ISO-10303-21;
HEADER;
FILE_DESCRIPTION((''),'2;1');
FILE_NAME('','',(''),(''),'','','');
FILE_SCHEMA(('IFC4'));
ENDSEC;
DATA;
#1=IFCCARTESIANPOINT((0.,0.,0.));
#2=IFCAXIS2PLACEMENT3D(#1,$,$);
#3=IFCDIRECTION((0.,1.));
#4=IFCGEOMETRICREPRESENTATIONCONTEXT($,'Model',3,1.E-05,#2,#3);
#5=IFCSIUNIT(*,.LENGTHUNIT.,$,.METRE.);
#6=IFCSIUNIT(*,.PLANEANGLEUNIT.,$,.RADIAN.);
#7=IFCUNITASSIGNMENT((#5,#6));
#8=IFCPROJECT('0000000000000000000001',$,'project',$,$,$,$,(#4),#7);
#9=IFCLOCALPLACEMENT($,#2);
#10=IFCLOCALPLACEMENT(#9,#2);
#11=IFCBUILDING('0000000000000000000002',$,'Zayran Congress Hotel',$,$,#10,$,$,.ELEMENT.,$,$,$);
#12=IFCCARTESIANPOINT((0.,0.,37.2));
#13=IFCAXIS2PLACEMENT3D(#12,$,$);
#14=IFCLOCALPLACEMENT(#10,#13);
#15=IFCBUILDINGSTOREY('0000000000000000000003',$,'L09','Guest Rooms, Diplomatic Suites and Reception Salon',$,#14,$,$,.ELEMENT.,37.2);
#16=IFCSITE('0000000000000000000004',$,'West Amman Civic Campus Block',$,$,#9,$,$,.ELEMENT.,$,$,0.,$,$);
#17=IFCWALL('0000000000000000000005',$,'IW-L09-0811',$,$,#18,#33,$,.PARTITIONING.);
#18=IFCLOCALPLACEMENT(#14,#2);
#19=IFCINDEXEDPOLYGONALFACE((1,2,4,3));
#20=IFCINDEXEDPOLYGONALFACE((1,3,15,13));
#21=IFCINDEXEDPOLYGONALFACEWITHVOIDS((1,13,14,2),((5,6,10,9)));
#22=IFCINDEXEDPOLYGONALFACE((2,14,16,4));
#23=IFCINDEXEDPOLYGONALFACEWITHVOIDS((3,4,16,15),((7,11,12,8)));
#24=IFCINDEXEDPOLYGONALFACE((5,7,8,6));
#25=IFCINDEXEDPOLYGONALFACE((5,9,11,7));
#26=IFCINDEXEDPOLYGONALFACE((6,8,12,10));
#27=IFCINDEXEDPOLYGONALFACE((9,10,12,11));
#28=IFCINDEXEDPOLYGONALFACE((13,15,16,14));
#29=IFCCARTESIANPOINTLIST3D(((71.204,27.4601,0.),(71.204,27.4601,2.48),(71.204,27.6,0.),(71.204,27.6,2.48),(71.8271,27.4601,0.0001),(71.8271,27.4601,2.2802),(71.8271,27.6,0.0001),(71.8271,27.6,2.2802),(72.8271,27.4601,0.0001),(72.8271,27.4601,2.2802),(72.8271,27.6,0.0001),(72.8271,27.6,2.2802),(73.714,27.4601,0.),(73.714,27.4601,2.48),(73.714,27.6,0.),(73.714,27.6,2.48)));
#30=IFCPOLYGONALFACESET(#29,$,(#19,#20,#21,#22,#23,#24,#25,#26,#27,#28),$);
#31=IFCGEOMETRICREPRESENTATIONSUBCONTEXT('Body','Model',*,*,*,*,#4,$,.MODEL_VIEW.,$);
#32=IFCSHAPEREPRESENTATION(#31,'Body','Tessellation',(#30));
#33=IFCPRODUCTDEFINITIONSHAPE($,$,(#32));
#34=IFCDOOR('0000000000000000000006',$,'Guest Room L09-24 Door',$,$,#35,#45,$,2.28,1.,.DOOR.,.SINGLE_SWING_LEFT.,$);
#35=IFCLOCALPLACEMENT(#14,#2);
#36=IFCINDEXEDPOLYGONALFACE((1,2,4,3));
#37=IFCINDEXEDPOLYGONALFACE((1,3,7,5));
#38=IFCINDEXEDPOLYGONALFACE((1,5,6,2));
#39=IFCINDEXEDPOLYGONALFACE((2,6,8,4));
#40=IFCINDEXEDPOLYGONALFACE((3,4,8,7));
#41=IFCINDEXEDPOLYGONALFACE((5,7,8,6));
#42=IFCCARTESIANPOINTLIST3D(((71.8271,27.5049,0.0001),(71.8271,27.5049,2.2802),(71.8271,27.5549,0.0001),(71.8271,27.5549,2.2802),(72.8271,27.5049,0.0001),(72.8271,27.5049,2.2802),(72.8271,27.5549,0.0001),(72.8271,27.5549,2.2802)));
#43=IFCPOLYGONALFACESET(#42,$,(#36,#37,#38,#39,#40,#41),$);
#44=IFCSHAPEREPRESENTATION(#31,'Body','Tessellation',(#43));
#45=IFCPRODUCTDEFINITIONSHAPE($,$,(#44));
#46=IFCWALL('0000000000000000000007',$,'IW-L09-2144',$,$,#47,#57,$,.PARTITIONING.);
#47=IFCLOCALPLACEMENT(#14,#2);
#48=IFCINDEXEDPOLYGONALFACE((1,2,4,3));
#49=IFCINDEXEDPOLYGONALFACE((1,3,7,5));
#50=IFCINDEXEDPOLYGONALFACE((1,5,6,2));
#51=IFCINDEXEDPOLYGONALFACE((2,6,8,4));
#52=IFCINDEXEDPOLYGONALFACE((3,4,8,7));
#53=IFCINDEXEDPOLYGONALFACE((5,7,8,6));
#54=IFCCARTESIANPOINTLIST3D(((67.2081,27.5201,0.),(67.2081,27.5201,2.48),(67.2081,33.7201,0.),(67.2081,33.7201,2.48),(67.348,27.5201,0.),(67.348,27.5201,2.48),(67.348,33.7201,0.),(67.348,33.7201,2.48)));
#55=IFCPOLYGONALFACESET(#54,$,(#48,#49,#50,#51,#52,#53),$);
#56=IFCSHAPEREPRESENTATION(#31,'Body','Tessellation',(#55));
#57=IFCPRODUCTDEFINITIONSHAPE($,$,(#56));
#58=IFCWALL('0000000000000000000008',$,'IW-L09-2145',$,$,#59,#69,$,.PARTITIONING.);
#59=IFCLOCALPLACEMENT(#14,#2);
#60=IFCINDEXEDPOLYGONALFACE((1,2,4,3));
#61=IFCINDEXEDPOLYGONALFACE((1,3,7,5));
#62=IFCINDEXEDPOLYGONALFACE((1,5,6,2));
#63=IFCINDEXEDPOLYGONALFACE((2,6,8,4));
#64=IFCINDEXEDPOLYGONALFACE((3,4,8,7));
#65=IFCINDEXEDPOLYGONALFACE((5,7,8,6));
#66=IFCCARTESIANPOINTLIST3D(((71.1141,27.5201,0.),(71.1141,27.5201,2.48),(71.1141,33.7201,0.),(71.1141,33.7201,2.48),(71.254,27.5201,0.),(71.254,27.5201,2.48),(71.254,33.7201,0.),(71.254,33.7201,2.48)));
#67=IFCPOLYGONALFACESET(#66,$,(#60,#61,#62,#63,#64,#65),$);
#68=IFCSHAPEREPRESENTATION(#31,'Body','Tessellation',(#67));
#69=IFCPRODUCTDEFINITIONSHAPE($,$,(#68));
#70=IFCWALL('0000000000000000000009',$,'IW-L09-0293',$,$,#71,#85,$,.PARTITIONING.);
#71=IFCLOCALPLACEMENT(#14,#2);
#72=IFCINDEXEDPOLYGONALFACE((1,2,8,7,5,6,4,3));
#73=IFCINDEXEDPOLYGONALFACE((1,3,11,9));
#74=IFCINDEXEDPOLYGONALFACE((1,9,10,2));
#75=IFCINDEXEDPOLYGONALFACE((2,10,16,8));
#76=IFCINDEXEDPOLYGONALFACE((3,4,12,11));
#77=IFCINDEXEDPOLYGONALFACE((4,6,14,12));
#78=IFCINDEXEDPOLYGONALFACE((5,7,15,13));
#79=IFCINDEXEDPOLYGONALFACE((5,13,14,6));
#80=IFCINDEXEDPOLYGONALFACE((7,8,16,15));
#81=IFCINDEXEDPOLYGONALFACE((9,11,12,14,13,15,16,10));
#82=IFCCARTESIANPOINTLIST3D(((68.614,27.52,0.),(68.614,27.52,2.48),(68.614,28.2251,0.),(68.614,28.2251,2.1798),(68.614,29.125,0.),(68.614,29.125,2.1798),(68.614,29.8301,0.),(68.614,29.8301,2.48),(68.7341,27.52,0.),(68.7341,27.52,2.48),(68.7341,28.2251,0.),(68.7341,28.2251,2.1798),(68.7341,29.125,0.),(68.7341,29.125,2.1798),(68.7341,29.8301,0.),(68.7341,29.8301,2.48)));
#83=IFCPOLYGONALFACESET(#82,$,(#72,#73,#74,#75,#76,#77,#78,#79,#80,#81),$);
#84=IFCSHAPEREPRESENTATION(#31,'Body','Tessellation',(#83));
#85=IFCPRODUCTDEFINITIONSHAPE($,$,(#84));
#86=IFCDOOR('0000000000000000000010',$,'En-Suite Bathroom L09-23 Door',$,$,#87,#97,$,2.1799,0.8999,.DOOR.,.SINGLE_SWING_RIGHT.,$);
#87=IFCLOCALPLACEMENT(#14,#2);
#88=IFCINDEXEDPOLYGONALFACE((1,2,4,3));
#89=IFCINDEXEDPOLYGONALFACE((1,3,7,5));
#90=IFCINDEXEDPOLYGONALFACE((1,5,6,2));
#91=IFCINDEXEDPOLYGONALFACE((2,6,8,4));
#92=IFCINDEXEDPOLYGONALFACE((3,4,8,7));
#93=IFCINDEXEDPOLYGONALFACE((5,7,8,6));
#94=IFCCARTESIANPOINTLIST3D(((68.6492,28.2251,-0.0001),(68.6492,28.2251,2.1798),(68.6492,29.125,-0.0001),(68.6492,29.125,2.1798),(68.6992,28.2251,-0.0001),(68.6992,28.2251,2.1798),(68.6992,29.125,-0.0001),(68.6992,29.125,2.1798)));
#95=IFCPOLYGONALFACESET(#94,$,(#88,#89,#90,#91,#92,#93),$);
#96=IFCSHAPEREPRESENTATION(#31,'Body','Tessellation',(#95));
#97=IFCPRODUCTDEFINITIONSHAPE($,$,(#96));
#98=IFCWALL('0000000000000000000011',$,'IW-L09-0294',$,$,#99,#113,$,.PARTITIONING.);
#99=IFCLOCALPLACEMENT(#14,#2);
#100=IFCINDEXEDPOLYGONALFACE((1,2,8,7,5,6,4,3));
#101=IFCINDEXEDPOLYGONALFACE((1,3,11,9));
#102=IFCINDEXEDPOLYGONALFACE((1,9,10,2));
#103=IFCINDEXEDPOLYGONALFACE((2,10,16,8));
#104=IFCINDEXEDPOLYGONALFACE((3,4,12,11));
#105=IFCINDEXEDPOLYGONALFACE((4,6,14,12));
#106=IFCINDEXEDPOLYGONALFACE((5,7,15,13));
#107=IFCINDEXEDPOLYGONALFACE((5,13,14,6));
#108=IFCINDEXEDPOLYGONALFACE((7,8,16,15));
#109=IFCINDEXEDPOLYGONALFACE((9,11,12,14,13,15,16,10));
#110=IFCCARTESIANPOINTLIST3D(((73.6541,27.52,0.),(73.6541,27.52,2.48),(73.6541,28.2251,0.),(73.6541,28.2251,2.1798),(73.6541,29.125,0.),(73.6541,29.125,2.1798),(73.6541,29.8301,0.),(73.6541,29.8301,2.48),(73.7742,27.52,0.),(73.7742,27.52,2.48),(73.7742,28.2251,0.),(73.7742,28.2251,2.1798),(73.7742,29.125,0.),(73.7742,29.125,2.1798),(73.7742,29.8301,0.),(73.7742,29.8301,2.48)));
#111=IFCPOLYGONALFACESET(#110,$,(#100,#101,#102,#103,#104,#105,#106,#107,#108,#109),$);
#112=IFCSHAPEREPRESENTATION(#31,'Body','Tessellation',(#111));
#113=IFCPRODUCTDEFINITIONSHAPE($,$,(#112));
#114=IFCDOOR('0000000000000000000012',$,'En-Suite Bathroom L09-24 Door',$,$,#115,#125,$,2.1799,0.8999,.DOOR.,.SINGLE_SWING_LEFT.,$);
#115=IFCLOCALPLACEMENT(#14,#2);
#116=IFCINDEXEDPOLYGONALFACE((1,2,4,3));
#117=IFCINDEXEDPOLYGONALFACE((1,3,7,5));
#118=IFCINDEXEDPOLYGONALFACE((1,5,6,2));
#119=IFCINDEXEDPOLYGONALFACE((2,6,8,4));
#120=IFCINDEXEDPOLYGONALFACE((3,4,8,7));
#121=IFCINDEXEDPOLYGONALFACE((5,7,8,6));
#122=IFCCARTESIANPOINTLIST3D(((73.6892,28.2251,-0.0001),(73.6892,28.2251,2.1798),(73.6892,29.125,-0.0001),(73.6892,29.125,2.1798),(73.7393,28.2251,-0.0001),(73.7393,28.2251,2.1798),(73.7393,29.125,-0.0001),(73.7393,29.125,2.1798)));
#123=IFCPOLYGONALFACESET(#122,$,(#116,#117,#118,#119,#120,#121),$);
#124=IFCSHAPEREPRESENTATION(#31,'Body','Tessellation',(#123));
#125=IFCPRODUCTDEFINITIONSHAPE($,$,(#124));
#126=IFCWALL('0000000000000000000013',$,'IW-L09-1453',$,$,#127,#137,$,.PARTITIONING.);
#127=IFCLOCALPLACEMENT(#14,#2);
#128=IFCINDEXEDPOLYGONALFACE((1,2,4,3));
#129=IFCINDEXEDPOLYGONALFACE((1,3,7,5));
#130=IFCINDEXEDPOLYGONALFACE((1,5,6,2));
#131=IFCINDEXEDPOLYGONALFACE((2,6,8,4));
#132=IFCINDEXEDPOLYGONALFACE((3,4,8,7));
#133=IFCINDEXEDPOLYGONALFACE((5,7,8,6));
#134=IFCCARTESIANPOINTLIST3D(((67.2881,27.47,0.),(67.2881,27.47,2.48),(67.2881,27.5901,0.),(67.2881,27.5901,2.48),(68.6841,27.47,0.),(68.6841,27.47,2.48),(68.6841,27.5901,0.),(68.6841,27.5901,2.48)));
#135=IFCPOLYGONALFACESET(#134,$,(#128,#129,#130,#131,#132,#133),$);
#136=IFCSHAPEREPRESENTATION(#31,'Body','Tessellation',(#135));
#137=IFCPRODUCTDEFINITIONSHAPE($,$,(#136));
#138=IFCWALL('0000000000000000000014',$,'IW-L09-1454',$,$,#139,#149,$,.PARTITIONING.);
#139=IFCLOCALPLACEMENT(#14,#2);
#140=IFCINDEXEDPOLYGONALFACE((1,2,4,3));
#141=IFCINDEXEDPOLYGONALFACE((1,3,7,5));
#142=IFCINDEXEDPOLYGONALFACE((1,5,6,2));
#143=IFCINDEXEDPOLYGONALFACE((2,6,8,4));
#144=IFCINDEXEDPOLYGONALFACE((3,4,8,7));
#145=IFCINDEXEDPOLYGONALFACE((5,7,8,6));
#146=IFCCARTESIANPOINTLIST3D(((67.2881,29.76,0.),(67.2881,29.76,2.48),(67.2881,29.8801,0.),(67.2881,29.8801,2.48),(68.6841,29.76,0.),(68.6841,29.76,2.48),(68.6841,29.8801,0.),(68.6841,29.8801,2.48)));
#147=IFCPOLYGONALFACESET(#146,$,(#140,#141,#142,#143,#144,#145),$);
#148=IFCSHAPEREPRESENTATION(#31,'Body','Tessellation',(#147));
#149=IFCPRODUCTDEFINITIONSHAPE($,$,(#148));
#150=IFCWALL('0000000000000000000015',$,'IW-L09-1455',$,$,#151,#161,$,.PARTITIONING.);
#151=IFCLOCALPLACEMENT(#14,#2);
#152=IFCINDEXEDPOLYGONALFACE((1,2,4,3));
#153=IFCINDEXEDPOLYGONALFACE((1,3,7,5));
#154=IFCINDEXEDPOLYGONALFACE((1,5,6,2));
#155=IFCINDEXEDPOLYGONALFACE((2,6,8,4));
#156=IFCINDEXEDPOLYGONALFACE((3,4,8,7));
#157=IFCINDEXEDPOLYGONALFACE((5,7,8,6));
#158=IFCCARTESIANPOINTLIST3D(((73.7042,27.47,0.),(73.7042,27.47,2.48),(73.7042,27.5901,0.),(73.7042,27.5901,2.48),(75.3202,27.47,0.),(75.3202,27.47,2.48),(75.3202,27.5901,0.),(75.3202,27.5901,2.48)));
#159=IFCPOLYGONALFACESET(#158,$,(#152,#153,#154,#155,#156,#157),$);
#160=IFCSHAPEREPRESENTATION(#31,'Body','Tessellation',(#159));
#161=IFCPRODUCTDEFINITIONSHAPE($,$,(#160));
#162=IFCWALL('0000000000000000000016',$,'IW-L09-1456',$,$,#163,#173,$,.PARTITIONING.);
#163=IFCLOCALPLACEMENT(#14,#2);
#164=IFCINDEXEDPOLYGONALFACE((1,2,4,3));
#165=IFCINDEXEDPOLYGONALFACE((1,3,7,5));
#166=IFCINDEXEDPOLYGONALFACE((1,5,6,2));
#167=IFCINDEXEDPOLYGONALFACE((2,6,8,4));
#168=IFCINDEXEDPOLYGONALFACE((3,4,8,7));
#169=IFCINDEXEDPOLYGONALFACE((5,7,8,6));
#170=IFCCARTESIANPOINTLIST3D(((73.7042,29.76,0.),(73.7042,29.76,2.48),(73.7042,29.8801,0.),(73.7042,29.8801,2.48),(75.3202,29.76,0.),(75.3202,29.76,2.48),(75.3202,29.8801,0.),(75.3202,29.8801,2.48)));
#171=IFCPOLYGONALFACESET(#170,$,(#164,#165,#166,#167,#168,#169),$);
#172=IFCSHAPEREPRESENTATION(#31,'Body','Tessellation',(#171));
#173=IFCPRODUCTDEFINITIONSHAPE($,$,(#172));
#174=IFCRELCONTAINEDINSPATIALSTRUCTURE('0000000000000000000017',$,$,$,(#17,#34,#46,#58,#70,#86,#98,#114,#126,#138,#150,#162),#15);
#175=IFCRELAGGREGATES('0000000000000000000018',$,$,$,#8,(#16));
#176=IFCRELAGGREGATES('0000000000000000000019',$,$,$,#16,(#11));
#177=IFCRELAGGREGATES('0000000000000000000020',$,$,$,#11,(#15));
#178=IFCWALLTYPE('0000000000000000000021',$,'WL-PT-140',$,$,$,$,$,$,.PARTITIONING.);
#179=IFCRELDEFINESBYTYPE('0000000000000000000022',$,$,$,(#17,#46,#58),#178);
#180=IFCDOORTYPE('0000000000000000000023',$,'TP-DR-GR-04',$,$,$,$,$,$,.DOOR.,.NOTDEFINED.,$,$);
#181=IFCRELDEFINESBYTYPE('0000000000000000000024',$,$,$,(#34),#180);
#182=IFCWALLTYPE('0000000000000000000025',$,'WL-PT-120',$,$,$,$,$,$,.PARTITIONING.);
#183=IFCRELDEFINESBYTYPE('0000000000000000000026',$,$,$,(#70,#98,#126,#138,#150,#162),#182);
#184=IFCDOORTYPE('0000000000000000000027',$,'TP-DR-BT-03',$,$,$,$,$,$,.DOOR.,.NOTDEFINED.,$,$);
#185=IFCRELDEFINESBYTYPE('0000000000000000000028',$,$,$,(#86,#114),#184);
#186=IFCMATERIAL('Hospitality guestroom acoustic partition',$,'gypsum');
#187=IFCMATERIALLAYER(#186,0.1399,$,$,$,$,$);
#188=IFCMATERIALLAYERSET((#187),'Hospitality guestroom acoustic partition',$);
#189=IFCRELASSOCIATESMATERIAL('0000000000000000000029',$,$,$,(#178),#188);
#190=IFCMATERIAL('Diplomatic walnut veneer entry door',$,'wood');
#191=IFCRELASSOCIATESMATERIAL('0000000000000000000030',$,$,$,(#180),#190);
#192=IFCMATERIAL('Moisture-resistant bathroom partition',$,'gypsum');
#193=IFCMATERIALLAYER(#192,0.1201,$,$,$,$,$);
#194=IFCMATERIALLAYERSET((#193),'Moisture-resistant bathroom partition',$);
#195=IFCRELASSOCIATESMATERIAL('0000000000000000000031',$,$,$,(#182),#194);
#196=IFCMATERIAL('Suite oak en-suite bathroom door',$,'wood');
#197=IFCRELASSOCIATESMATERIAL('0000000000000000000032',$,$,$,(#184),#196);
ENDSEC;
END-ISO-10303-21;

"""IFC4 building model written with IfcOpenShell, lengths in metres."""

from ifc_helpers import new_model, si_unit, direction, frame, frame_2d, origin, place, context, subcontext, project, spatial, rectangle, extrude, material, layer, layer_set, type_object, element, fill, save


model = new_model("IFC4")

# Units and contexts
model_context = context("Model", 3, precision=1e-05, world=origin(), true_north=direction((0.0, 1.0)))
body_context = subcontext(model_context, "Body", "Model", "MODEL_VIEW")
ifc_project = project(units=[si_unit("LENGTHUNIT", "METRE"), si_unit("PLANEANGLEUNIT", "RADIAN")], contexts=[model_context])

# Site, building, storey
site_placement = place(None, origin())
site = spatial("IfcSite", under=ifc_project, at=site_placement, Name="West Amman Civic Campus Block", CompositionType="ELEMENT", RefElevation=0.0)
building_placement = place(site_placement, origin())
building = spatial("IfcBuilding", under=site, at=building_placement, Name="Zayran Congress Hotel", CompositionType="ELEMENT")
storey_placement = place(building_placement, frame((0.0, 0.0, 37.2)))
storey = spatial("IfcBuildingStorey", under=building, at=storey_placement, Name="L09", Description="Guest Rooms, Diplomatic Suites and Reception Salon", CompositionType="ELEMENT", Elevation=37.2)

# Wall, opening, door
ifc_material_1 = material(Name="Hospitality guestroom acoustic partition", Category="gypsum")
ifc_layer_1 = layer(ifc_material_1, 0.1399)
ifc_layer_set_1 = layer_set([ifc_layer_1], Name="Hospitality guestroom acoustic partition")
wall_type_1 = type_object("IfcWallType", Name="WL-PT-140", PredefinedType="PARTITIONING", material=ifc_layer_set_1)
ifc_material_2 = material(Name="Diplomatic walnut veneer entry door", Category="wood")
door_type_1 = type_object("IfcDoorType", Name="TP-DR-GR-04", OperationType="NOTDEFINED", PredefinedType="DOOR", material=ifc_material_2)
wall_1_placement = place(storey_placement, frame((71.2041, 27.53, 0.0), z_axis=(0.0, 0.0, 1.0), x_axis=(1.0, 0.0, 0.0)))
wall_1 = element("IfcWall", 1, at=wall_1_placement, inside=storey, type_object=wall_type_1, Name="IW-L09-0811", PredefinedType="PARTITIONING", context=body_context, shape_type="SweptSolid", body=[
    extrude(rectangle(XDim=2.51, YDim=0.1399, at=frame_2d((1.2549, 0.0))), origin(), (0.0, 0.0, 1.0), 2.48),
])
opening_1_placement = place(wall_1_placement, frame((0.623, 0.0, 0.0)))
opening_1 = element("IfcOpeningElement", 2, at=opening_1_placement, cuts=wall_1, PredefinedType="OPENING", context=body_context, shape_type="SweptSolid", body=[
    extrude(rectangle(XDim=1.0, YDim=2.28, at=frame_2d((0.5, 1.1401))), frame((0.0, 0.0798, 0.0), z_axis=(0.0, -1.0, 0.0), x_axis=(1.0, 0.0, 0.0)), (0.0, 0.0, 1.0), 0.1599),
])
door_1_placement = place(opening_1_placement, origin())
door_1 = element("IfcDoor", 3, at=door_1_placement, inside=storey, type_object=door_type_1, Name="Guest Room L09-24 Door", OperationType="SINGLE_SWING_LEFT", OverallHeight=2.28, OverallWidth=1.0, PredefinedType="DOOR", context=body_context, shape_type="SweptSolid", body=[
    extrude(rectangle(XDim=1.0, YDim=2.28, at=frame_2d((0.5, 1.1401))), frame((0.0, 0.0249, 0.0), z_axis=(0.0, -1.0, 0.0), x_axis=(1.0, 0.0, 0.0)), (0.0, 0.0, 1.0), 0.05),
])
fill(opening_1, door_1)

# Walls
for number, where, z_axis, x_axis, name in (
    (4, (67.2781, 27.52, 0.0), (0.0, 0.0, 1.0), (0.0, 1.0, 0.0), "IW-L09-2144"),
    (5, (71.1841, 27.52, 0.0), (0.0, 0.0, 1.0), (0.0, 1.0, 0.0), "IW-L09-2145"),
):
    element("IfcWall", number, at=place(storey_placement, frame(where, z_axis=z_axis, x_axis=x_axis)), inside=storey, type_object=wall_type_1, Name=name, PredefinedType="PARTITIONING", context=body_context, shape_type="SweptSolid", body=[
        extrude(rectangle(XDim=6.2, YDim=0.1399, at=frame_2d((3.1001, 0.0))), origin(), (0.0, 0.0, 1.0), 2.48),
    ])

# Walls, openings, doors
ifc_material_3 = material(Name="Moisture-resistant bathroom partition", Category="gypsum")
ifc_layer_2 = layer(ifc_material_3, 0.1201)
ifc_layer_set_2 = layer_set([ifc_layer_2], Name="Moisture-resistant bathroom partition")
wall_type_2 = type_object("IfcWallType", Name="WL-PT-120", PredefinedType="PARTITIONING", material=ifc_layer_set_2)
wall_2_placement = place(storey_placement, frame((68.6741, 27.52, 0.0), z_axis=(0.0, 0.0, 1.0), x_axis=(0.0, 1.0, 0.0)))
wall_2 = element("IfcWall", 6, at=wall_2_placement, inside=storey, type_object=wall_type_2, Name="IW-L09-0293", PredefinedType="PARTITIONING", context=body_context, shape_type="SweptSolid", body=[
    extrude(rectangle(XDim=2.3101, YDim=0.1201, at=frame_2d((1.155, 0.0))), origin(), (0.0, 0.0, 1.0), 2.48),
])
opening_2_placement = place(wall_2_placement, frame((0.7051, 0.0, 0.0)))
opening_2 = element("IfcOpeningElement", 7, at=opening_2_placement, cuts=wall_2, PredefinedType="OPENING", context=body_context, shape_type="SweptSolid", body=[
    extrude(rectangle(XDim=0.8999, YDim=2.1799, at=frame_2d((0.45, 1.0898))), frame((0.0, 0.0701, 0.0), z_axis=(0.0, -1.0, 0.0), x_axis=(1.0, 0.0, 0.0)), (0.0, 0.0, 1.0), 0.1401),
])
ifc_material_4 = material(Name="Suite oak en-suite bathroom door", Category="wood")
door_type_2 = type_object("IfcDoorType", Name="TP-DR-BT-03", OperationType="NOTDEFINED", PredefinedType="DOOR", material=ifc_material_4)
door_2_placement = place(opening_2_placement, origin())
door_2 = element("IfcDoor", 8, at=door_2_placement, inside=storey, type_object=door_type_2, Name="En-Suite Bathroom L09-23 Door", OperationType="SINGLE_SWING_RIGHT", OverallHeight=2.1799, OverallWidth=0.8999, PredefinedType="DOOR", context=body_context, shape_type="SweptSolid", body=[
    extrude(rectangle(XDim=0.8999, YDim=2.1799, at=frame_2d((0.45, 1.0898))), frame((0.0, 0.0249, 0.0), z_axis=(0.0, -1.0, 0.0), x_axis=(1.0, 0.0, 0.0)), (0.0, 0.0, 1.0), 0.05),
])
fill(opening_2, door_2)
wall_3_placement = place(storey_placement, frame((73.7141, 27.52, 0.0), z_axis=(0.0, 0.0, 1.0), x_axis=(0.0, 1.0, 0.0)))
wall_3 = element("IfcWall", 9, at=wall_3_placement, inside=storey, type_object=wall_type_2, Name="IW-L09-0294", PredefinedType="PARTITIONING", context=body_context, shape_type="SweptSolid", body=[
    extrude(rectangle(XDim=2.3101, YDim=0.1201, at=frame_2d((1.155, 0.0))), origin(), (0.0, 0.0, 1.0), 2.48),
])
opening_3_placement = place(wall_3_placement, frame((0.7051, 0.0, 0.0)))
opening_3 = element("IfcOpeningElement", 10, at=opening_3_placement, cuts=wall_3, PredefinedType="OPENING", context=body_context, shape_type="SweptSolid", body=[
    extrude(rectangle(XDim=0.8999, YDim=2.1799, at=frame_2d((0.45, 1.0898))), frame((0.0, 0.0701, 0.0), z_axis=(0.0, -1.0, 0.0), x_axis=(1.0, 0.0, 0.0)), (0.0, 0.0, 1.0), 0.1401),
])
door_3_placement = place(opening_3_placement, origin())
door_3 = element("IfcDoor", 11, at=door_3_placement, inside=storey, type_object=door_type_2, Name="En-Suite Bathroom L09-24 Door", OperationType="SINGLE_SWING_LEFT", OverallHeight=2.1799, OverallWidth=0.8999, PredefinedType="DOOR", context=body_context, shape_type="SweptSolid", body=[
    extrude(rectangle(XDim=0.8999, YDim=2.1799, at=frame_2d((0.45, 1.0898))), frame((0.0, 0.0249, 0.0), z_axis=(0.0, -1.0, 0.0), x_axis=(1.0, 0.0, 0.0)), (0.0, 0.0, 1.0), 0.05),
])
fill(opening_3, door_3)

# Walls
for number, where, z_axis, x_axis, name in (
    (12, (67.2881, 27.53, 0.0), (0.0, 0.0, 1.0), (1.0, 0.0, 0.0), "IW-L09-1453"),
    (13, (67.2881, 29.8201, 0.0), (0.0, 0.0, 1.0), (1.0, 0.0, 0.0), "IW-L09-1454"),
):
    element("IfcWall", number, at=place(storey_placement, frame(where, z_axis=z_axis, x_axis=x_axis)), inside=storey, type_object=wall_type_2, Name=name, PredefinedType="PARTITIONING", context=body_context, shape_type="SweptSolid", body=[
        extrude(rectangle(XDim=1.396, YDim=0.1201, at=frame_2d((0.698, 0.0))), origin(), (0.0, 0.0, 1.0), 2.48),
    ])
for number, where, z_axis, x_axis, name in (
    (14, (73.7041, 27.53, 0.0), (0.0, 0.0, 1.0), (1.0, 0.0, 0.0), "IW-L09-1455"),
    (15, (73.7041, 29.8201, 0.0), (0.0, 0.0, 1.0), (1.0, 0.0, 0.0), "IW-L09-1456"),
):
    element("IfcWall", number, at=place(storey_placement, frame(where, z_axis=z_axis, x_axis=x_axis)), inside=storey, type_object=wall_type_2, Name=name, PredefinedType="PARTITIONING", context=body_context, shape_type="SweptSolid", body=[
        extrude(rectangle(XDim=1.616, YDim=0.1201, at=frame_2d((0.8081, 0.0))), origin(), (0.0, 0.0, 1.0), 2.48),
    ])

save(model, "model.ifc")
